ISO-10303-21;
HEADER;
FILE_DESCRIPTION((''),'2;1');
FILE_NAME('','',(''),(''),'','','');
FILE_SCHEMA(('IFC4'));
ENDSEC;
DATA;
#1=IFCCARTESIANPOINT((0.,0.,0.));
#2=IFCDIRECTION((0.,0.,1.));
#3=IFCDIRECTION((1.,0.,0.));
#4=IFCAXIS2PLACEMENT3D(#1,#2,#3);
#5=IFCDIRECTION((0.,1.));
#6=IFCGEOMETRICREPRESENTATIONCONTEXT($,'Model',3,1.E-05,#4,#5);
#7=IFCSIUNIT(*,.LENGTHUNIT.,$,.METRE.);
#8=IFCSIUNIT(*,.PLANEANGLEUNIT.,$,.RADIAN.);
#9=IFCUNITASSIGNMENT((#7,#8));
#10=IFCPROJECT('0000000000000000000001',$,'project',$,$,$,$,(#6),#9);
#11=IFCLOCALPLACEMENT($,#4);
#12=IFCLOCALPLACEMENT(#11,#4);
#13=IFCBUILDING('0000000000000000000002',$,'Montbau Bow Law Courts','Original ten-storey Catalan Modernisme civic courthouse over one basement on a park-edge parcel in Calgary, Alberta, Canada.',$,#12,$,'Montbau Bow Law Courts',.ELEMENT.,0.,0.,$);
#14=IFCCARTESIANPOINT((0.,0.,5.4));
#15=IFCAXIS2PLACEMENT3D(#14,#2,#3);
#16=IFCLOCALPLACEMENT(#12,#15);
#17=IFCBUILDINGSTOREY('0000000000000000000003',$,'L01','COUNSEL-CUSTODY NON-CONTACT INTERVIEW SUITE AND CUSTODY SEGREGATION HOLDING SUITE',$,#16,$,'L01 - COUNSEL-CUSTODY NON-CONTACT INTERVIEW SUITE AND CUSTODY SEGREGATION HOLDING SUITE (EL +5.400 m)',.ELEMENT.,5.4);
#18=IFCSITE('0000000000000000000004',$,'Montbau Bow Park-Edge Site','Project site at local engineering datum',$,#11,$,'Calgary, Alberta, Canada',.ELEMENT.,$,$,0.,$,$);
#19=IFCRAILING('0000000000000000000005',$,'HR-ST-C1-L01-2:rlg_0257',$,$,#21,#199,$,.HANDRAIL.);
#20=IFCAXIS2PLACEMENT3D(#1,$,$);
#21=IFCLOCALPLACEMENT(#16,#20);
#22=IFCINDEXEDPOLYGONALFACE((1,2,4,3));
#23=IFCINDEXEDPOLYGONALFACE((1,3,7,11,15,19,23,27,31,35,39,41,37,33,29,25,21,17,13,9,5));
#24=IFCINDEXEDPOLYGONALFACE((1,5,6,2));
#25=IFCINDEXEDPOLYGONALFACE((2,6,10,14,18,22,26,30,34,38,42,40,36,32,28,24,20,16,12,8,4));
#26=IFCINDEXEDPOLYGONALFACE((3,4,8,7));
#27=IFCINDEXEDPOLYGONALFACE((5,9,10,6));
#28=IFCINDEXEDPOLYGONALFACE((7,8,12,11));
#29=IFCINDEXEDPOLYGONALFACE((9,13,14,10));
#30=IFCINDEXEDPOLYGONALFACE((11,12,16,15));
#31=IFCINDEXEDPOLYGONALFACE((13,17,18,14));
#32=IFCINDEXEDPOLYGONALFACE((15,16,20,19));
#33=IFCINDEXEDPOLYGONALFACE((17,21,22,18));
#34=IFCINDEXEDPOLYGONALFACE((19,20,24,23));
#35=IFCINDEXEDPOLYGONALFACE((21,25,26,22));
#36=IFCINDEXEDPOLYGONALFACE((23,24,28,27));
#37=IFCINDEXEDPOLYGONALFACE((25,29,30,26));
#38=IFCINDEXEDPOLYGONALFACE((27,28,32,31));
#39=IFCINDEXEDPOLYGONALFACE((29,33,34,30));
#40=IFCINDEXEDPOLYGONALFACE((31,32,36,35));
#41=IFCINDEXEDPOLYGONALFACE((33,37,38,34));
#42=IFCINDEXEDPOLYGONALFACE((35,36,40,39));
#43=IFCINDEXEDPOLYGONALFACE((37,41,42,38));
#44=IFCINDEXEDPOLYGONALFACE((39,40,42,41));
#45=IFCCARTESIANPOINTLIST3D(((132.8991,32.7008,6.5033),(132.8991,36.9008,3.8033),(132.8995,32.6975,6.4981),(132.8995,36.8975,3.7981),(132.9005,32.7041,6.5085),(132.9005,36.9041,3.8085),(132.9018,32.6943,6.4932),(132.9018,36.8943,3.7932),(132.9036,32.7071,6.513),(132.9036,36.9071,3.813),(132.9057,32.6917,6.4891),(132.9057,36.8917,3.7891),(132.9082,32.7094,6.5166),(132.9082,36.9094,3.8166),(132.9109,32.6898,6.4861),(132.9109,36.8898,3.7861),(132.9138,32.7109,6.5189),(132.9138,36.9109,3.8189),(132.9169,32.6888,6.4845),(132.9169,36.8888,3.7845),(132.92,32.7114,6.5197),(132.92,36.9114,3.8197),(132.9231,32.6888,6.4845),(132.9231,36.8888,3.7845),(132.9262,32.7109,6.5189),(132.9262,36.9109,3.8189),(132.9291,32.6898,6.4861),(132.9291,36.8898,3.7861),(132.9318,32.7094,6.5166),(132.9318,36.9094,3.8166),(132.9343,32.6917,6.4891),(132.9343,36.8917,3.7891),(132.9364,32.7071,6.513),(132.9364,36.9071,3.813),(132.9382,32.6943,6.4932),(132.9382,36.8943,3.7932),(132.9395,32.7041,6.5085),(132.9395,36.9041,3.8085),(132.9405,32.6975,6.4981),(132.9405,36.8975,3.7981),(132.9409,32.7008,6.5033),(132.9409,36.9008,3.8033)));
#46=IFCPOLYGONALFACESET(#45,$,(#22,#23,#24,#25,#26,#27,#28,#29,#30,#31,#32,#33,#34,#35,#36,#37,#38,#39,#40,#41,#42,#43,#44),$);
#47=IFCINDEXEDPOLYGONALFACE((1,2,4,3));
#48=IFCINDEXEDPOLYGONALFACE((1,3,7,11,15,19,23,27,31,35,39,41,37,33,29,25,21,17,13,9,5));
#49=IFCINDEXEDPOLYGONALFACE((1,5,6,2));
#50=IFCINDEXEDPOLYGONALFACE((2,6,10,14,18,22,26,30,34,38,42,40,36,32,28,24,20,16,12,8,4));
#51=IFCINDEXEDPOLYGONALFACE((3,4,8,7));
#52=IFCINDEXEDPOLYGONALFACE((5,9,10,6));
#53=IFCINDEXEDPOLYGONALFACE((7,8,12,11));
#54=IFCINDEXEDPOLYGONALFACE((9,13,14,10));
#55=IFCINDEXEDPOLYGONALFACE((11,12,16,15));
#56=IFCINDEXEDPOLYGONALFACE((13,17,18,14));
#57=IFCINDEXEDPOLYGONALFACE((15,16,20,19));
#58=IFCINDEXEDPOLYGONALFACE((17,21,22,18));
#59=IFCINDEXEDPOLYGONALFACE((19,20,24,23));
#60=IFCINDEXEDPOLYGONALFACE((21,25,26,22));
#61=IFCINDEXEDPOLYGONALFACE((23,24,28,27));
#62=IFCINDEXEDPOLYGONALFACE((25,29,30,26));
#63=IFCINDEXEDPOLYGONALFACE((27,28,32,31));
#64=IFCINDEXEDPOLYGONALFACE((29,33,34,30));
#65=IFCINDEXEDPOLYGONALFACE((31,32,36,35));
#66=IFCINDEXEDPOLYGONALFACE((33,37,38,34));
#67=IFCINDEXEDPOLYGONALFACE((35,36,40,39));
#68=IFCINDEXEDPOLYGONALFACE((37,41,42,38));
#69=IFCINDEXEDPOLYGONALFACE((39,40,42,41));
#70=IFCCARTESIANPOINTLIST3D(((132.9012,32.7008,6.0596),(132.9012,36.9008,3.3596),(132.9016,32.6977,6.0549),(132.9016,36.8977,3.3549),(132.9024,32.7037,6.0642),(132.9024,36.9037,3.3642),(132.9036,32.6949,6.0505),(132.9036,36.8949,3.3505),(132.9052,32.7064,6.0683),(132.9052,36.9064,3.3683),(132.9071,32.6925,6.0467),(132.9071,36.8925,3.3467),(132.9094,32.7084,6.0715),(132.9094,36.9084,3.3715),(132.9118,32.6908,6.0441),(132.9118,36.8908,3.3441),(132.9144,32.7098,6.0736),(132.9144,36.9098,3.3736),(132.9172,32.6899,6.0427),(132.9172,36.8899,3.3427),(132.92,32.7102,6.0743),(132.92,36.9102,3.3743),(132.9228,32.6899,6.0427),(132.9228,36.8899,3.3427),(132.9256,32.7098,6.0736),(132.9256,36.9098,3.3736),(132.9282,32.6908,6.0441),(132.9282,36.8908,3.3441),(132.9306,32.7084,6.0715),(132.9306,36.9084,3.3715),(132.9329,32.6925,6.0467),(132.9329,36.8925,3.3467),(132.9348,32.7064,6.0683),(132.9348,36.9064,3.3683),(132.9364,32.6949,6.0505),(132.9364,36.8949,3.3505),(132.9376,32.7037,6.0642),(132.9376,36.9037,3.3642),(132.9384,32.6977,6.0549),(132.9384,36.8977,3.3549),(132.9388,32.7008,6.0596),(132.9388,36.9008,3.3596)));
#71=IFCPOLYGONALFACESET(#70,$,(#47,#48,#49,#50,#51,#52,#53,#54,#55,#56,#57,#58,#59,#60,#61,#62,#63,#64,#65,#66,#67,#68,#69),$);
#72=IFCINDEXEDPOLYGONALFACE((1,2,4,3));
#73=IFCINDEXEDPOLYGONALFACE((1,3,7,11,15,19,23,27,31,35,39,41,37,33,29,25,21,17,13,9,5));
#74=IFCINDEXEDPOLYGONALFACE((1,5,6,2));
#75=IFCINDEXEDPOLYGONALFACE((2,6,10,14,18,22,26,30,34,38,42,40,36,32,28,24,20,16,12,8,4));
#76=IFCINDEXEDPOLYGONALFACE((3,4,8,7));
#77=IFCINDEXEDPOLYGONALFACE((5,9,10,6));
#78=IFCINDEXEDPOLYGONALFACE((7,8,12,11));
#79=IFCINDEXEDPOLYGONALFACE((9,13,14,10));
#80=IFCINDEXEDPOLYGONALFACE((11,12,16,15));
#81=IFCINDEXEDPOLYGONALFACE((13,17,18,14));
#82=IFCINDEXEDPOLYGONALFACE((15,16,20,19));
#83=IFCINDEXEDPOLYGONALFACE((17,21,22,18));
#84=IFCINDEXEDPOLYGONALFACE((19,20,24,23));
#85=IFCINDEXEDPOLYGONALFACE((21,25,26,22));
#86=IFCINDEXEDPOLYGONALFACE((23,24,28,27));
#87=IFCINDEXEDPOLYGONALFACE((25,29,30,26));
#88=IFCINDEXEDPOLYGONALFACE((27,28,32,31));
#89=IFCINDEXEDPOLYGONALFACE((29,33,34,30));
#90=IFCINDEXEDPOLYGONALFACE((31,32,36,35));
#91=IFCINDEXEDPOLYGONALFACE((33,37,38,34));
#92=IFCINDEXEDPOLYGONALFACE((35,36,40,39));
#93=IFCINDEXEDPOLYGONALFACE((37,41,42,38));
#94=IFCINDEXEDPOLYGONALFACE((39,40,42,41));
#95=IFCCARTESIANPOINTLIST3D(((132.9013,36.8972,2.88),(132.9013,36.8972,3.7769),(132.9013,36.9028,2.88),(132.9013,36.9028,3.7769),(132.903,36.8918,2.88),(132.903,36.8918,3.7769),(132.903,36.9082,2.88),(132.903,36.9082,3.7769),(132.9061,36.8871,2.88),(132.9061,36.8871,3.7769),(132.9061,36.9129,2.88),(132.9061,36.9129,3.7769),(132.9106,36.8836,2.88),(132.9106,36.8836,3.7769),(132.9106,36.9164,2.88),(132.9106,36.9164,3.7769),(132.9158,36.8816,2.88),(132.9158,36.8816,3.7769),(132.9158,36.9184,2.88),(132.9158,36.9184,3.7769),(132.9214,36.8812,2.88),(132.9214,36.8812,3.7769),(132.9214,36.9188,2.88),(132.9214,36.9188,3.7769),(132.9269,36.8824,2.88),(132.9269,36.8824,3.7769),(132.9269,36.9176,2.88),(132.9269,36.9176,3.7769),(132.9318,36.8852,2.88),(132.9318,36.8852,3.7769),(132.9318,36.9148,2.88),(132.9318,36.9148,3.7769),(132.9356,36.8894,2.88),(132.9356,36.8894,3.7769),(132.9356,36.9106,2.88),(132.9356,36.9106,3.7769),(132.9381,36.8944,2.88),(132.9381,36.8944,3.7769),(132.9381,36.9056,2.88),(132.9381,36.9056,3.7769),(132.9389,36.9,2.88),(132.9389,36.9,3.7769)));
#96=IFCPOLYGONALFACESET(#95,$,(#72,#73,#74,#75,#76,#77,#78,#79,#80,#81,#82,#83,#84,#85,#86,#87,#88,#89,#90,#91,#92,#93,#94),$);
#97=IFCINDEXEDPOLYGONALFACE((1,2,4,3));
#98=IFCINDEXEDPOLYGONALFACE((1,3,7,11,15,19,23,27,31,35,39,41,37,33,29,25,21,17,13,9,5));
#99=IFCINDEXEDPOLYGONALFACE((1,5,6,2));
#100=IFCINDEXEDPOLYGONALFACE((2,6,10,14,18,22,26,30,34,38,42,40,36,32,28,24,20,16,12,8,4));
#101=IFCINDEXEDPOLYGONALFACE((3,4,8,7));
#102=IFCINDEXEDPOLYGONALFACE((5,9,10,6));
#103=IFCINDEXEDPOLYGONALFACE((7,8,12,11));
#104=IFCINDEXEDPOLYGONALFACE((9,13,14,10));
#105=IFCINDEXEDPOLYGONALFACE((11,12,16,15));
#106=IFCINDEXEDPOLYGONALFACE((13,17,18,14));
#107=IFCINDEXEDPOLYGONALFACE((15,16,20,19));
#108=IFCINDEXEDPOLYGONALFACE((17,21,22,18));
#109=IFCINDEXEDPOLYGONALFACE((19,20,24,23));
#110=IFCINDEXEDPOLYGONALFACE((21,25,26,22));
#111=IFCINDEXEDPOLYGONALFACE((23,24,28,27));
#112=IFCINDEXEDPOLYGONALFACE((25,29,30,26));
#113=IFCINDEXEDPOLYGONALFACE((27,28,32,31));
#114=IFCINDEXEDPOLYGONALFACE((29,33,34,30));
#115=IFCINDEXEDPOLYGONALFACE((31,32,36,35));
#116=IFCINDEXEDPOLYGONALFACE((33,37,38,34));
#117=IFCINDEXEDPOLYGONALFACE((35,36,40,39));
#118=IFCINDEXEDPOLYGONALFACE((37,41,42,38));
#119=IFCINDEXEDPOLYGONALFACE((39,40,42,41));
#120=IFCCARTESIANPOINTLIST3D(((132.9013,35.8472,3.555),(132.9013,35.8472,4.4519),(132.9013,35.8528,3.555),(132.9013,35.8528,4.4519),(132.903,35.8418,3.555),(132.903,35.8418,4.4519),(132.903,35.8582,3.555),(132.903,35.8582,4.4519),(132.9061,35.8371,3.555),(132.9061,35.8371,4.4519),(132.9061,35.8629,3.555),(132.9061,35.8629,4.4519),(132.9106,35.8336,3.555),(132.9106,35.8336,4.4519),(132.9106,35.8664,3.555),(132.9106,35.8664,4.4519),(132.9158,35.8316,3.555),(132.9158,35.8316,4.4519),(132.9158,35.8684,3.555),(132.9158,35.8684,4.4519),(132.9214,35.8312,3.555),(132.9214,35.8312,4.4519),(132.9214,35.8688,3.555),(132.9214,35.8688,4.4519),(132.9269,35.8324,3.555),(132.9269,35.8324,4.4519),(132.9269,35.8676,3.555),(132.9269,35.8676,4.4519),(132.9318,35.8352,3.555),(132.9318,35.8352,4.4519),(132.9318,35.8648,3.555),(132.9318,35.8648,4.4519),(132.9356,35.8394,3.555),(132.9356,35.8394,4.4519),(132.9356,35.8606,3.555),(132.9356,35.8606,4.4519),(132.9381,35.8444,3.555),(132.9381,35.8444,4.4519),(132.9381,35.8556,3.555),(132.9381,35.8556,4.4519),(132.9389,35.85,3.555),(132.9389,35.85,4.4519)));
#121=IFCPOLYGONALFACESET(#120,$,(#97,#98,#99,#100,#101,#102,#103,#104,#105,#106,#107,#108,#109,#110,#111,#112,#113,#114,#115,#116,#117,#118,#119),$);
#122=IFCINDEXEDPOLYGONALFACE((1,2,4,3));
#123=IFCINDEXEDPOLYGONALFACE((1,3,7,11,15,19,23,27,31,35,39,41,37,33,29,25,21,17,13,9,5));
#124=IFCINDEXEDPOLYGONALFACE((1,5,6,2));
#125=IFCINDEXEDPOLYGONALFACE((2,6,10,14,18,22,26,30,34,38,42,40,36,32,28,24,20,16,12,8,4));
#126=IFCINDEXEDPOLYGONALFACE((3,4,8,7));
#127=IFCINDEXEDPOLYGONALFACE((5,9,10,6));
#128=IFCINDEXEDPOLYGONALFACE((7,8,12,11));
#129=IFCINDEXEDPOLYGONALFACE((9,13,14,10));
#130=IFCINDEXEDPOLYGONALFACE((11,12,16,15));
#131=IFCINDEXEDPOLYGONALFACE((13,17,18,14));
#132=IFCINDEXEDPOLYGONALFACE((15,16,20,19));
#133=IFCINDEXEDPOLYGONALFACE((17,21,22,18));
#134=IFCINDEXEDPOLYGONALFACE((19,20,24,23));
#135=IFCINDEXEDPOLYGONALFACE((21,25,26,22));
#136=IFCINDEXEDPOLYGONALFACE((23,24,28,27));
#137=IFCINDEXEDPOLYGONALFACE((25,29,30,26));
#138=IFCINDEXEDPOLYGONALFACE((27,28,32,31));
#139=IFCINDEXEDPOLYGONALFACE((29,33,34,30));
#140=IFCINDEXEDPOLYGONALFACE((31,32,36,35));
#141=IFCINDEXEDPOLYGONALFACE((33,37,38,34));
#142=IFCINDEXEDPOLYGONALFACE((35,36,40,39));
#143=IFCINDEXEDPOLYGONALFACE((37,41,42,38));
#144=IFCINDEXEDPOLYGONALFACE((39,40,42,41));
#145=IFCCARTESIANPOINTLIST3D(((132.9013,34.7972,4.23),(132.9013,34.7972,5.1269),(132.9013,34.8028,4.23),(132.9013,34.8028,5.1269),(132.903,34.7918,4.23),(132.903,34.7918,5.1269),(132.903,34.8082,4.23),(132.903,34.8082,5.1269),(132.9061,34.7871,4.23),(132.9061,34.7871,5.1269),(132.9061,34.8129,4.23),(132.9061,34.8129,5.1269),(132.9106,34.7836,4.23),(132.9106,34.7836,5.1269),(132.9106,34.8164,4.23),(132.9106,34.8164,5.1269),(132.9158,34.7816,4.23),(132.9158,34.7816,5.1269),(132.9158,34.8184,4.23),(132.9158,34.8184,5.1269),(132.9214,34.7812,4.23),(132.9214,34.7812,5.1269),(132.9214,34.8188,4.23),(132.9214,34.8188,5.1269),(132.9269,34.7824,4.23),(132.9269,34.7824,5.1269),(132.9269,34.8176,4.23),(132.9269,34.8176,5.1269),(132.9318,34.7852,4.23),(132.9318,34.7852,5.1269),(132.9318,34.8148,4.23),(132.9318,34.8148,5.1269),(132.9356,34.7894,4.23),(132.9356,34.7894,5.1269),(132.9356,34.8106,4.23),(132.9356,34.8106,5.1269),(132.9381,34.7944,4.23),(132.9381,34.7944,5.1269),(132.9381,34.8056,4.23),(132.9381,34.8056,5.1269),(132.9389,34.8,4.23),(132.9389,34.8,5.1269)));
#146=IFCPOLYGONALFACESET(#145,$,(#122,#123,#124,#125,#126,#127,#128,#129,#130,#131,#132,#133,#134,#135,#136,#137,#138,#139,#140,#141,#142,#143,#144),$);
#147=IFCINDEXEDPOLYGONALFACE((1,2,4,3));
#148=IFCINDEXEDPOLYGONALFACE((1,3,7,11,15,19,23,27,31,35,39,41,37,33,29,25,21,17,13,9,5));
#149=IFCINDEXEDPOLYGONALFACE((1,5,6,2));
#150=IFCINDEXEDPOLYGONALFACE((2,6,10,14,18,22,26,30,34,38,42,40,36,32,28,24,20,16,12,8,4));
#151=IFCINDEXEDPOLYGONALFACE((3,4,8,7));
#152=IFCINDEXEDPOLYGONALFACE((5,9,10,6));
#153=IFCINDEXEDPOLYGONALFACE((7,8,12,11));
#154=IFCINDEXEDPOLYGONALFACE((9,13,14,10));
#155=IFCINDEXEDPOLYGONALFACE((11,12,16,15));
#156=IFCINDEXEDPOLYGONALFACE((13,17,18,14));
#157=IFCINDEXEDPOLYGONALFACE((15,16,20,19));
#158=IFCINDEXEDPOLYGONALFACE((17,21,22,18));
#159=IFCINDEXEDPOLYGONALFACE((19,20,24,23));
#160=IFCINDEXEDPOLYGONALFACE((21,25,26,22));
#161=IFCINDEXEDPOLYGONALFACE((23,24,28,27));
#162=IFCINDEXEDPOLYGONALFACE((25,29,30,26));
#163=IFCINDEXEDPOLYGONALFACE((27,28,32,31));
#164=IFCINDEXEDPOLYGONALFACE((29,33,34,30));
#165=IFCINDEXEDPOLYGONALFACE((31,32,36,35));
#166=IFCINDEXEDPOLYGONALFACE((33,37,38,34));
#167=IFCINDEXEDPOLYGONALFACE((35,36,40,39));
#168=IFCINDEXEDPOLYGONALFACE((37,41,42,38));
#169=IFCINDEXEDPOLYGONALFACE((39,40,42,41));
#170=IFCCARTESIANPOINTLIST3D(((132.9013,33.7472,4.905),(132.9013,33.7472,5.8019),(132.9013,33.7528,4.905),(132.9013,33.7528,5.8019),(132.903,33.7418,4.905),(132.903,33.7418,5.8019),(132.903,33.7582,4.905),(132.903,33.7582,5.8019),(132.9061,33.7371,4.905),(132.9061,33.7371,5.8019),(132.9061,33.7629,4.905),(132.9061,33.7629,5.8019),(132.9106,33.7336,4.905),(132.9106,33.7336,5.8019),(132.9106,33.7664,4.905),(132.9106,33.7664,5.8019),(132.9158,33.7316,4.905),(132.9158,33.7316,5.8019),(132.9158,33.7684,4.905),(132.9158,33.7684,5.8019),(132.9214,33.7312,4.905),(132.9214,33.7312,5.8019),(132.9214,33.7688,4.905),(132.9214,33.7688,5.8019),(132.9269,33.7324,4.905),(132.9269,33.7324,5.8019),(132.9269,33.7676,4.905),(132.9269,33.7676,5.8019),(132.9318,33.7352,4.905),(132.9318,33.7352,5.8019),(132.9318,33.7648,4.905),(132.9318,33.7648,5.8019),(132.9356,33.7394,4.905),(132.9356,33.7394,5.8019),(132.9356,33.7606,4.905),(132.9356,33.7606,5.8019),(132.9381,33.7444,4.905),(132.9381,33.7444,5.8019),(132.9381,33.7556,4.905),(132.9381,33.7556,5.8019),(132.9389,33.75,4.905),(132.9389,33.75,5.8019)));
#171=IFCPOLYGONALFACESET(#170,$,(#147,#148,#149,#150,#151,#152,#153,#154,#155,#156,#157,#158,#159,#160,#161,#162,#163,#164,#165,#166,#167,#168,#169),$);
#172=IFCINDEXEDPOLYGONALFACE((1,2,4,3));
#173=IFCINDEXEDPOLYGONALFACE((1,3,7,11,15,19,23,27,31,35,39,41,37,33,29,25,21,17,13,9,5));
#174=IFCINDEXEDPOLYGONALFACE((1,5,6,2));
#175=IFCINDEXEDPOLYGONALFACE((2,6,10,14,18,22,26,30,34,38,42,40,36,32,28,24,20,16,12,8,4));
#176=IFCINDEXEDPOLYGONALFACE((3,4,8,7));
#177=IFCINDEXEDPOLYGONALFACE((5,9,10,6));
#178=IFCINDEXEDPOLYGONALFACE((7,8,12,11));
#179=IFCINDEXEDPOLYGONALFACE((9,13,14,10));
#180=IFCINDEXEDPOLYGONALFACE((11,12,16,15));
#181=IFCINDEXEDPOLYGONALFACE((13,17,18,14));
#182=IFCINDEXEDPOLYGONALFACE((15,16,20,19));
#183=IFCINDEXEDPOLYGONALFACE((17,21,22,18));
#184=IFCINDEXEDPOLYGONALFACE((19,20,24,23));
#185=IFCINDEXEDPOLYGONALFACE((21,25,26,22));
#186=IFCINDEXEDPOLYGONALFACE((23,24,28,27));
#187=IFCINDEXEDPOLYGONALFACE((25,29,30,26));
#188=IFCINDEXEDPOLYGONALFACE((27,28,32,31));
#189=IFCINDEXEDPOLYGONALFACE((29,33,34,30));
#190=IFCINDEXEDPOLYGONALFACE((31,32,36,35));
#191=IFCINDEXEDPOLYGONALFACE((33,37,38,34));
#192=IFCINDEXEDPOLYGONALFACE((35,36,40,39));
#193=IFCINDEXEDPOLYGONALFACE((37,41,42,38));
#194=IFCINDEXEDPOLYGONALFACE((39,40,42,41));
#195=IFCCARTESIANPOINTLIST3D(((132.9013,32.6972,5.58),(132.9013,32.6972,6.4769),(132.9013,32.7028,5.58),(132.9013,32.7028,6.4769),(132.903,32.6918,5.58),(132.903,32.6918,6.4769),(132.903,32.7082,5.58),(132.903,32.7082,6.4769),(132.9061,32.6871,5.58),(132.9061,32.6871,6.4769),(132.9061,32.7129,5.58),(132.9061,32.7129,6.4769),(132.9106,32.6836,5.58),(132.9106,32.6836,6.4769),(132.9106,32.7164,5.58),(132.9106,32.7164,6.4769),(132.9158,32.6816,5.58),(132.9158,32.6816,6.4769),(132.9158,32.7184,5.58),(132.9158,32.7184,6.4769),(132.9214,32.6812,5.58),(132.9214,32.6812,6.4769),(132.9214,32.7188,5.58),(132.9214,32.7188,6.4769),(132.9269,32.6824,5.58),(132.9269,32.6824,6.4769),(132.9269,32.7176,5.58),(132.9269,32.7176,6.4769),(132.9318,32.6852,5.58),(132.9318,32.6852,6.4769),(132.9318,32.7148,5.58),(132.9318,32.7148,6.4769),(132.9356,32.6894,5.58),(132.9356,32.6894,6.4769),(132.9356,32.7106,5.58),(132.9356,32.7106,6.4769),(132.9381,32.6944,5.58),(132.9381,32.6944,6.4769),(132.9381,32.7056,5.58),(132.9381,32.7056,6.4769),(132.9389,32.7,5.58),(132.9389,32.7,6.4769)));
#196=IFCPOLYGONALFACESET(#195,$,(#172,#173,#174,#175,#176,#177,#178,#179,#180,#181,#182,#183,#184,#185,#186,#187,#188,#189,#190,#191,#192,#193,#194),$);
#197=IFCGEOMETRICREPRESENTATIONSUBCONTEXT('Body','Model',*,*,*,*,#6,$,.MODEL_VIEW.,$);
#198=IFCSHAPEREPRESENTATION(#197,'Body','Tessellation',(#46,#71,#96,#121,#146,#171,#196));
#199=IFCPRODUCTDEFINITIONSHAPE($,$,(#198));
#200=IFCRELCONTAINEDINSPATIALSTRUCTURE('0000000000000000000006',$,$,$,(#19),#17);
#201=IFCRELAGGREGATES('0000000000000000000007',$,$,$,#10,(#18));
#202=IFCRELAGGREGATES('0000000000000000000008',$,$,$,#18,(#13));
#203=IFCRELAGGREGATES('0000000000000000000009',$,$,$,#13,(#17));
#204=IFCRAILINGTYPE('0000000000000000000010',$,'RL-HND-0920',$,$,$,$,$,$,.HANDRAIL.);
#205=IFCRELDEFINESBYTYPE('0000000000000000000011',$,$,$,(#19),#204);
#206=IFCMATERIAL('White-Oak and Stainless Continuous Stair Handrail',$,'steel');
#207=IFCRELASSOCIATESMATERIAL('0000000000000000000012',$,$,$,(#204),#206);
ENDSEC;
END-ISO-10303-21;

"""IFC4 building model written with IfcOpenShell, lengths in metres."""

from ifc_helpers import new_model, si_unit, direction, frame, origin_with_axes, origin_2d_with_axis, place, context, subcontext, project, spatial, circle, extrude, material, type_object, element, save


model = new_model("IFC4")

# Units and contexts
model_context = context("Model", 3, precision=1e-05, world=origin_with_axes(), true_north=direction((0.0, 1.0)))
body_context = subcontext(model_context, "Body", "Model", "MODEL_VIEW")
ifc_project = project(units=[si_unit("LENGTHUNIT", "METRE"), si_unit("PLANEANGLEUNIT", "RADIAN")], contexts=[model_context])

# Site, building, storey
site_placement = place(None, origin_with_axes())
site = spatial("IfcSite", under=ifc_project, at=site_placement, Name="Montbau Bow Park-Edge Site", Description="Project site at local engineering datum", LongName="Calgary, Alberta, Canada", CompositionType="ELEMENT", RefElevation=0.0)
building_placement = place(site_placement, origin_with_axes())
building = spatial("IfcBuilding", under=site, at=building_placement, Name="Montbau Bow Law Courts", Description="Original ten-storey Catalan Modernisme civic courthouse over one basement on a park-edge parcel in Calgary, Alberta, Canada.", LongName="Montbau Bow Law Courts", CompositionType="ELEMENT", ElevationOfRefHeight=0.0, ElevationOfTerrain=0.0)
storey_placement = place(building_placement, frame((0.0, 0.0, 5.4), z_axis=(0.0, 0.0, 1.0), x_axis=(1.0, 0.0, 0.0)))
storey = spatial("IfcBuildingStorey", under=building, at=storey_placement, Name="L01", Description="COUNSEL-CUSTODY NON-CONTACT INTERVIEW SUITE AND CUSTODY SEGREGATION HOLDING SUITE", LongName="L01 - COUNSEL-CUSTODY NON-CONTACT INTERVIEW SUITE AND CUSTODY SEGREGATION HOLDING SUITE (EL +5.400 m)", CompositionType="ELEMENT", Elevation=5.4)

# Railing
ifc_material_1 = material(Name="White-Oak and Stainless Continuous Stair Handrail", Category="steel")
railing_type_1 = type_object("IfcRailingType", Name="RL-HND-0920", PredefinedType="HANDRAIL", material=ifc_material_1)
railing_1_placement = place(None, origin_with_axes())
element("IfcRailing", 1, at=railing_1_placement, inside=storey, type_object=railing_type_1, Name="HR-ST-C1-L01-2:rlg_0257", PredefinedType="HANDRAIL", context=body_context, shape_type="SweptSolid", body=[
    extrude(circle(Radius=0.021, at=origin_2d_with_axis()), frame((132.92, 36.9, 9.202), z_axis=(0.0, -0.841178, 0.540758), x_axis=(0.0, 0.540758, 0.841178)), (0.0, 0.0, 1.0), 4.993),
    extrude(circle(Radius=0.0189, at=origin_2d_with_axis()), frame((132.92, 36.9, 8.7584), z_axis=(0.0, -0.841178, 0.540758), x_axis=(0.0, 0.540758, 0.841178)), (0.0, 0.0, 1.0), 4.993),
    extrude(circle(Radius=0.0189, at=origin_2d_with_axis()), frame((132.92, 36.9, 8.28), z_axis=(0.0, 0.0, 1.0), x_axis=(1.0, 0.0, 0.0)), (0.0, 0.0, 1.0), 0.8969),
    extrude(circle(Radius=0.0189, at=origin_2d_with_axis()), frame((132.92, 35.85, 8.955), z_axis=(0.0, 0.0, 1.0), x_axis=(1.0, 0.0, 0.0)), (0.0, 0.0, 1.0), 0.8969),
    extrude(circle(Radius=0.0189, at=origin_2d_with_axis()), frame((132.92, 34.8, 9.63), z_axis=(0.0, 0.0, 1.0), x_axis=(1.0, 0.0, 0.0)), (0.0, 0.0, 1.0), 0.8969),
    extrude(circle(Radius=0.0189, at=origin_2d_with_axis()), frame((132.92, 33.75, 10.305), z_axis=(0.0, 0.0, 1.0), x_axis=(1.0, 0.0, 0.0)), (0.0, 0.0, 1.0), 0.8969),
    extrude(circle(Radius=0.0189, at=origin_2d_with_axis()), frame((132.92, 32.7, 10.98), z_axis=(0.0, 0.0, 1.0), x_axis=(1.0, 0.0, 0.0)), (0.0, 0.0, 1.0), 0.8969),
])

save(model, "model.ifc")
